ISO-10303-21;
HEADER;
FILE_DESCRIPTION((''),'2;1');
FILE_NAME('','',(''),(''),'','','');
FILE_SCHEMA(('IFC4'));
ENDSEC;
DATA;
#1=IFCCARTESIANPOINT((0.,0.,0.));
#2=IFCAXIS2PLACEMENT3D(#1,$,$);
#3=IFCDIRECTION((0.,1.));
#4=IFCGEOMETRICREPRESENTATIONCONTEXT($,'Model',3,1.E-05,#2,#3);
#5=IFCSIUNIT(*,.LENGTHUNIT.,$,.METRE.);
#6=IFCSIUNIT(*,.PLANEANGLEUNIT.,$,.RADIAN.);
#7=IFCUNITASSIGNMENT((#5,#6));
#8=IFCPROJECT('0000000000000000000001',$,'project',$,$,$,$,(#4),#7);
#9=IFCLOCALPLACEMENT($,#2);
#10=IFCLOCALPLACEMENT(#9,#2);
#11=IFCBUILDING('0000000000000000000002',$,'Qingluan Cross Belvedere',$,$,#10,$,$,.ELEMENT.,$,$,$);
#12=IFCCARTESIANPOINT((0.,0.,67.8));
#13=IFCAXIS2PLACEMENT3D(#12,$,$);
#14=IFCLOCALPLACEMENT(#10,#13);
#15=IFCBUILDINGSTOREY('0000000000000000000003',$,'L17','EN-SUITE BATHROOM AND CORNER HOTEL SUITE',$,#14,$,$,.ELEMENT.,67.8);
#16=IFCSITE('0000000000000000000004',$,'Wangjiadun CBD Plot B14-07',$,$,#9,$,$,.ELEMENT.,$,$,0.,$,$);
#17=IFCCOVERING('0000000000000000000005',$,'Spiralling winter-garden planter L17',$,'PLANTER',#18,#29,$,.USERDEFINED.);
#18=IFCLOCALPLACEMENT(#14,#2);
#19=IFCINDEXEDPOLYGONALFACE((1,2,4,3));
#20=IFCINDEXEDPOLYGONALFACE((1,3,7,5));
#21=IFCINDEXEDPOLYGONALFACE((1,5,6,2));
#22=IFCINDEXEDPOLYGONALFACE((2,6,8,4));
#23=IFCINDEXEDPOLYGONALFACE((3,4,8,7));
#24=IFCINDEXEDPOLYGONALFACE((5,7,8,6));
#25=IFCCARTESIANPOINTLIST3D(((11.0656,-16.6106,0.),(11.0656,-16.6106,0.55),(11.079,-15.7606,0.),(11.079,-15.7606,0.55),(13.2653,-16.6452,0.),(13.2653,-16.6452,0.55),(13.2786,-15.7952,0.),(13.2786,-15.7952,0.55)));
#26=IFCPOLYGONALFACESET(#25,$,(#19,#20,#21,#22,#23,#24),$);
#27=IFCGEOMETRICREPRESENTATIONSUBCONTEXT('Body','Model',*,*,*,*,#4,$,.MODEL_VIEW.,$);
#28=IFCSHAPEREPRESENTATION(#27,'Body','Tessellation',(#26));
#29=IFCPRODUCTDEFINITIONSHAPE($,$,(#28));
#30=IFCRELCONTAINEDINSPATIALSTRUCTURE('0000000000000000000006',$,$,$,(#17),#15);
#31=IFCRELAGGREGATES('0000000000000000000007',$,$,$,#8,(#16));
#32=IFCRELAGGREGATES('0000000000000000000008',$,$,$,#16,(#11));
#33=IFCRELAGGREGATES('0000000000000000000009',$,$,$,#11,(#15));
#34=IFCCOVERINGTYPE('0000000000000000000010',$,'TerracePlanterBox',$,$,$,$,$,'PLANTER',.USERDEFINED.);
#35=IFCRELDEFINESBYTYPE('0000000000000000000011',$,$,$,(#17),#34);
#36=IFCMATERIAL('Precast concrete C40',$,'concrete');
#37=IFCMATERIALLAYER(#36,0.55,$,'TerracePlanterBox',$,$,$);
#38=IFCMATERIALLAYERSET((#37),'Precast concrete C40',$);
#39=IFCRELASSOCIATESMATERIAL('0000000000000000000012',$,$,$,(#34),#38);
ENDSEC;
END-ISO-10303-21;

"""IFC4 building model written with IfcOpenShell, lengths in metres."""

from ifc_helpers import new_model, si_unit, direction, frame, origin, origin_2d, place, context, subcontext, project, spatial, rectangle, extrude, material, layer, layer_set, type_object, element, save


model = new_model("IFC4")

# Units and contexts
model_context = context("Model", 3, precision=1e-05, world=origin(), true_north=direction((0.0, 1.0)))
body_context = subcontext(model_context, "Body", "Model", "MODEL_VIEW")
ifc_project = project(units=[si_unit("LENGTHUNIT", "METRE"), si_unit("PLANEANGLEUNIT", "RADIAN")], contexts=[model_context])

# Site, building, storey
site_placement = place(None, origin())
site = spatial("IfcSite", under=ifc_project, at=site_placement, Name="Wangjiadun CBD Plot B14-07", CompositionType="ELEMENT", RefElevation=0.0)
building_placement = place(site_placement, origin())
building = spatial("IfcBuilding", under=site, at=building_placement, Name="Qingluan Cross Belvedere", CompositionType="ELEMENT")
storey_placement = place(building_placement, frame((0.0, 0.0, 67.8)))
storey = spatial("IfcBuildingStorey", under=building, at=storey_placement, Name="L17", Description="EN-SUITE BATHROOM AND CORNER HOTEL SUITE", CompositionType="ELEMENT", Elevation=67.8)

# Covering
ifc_material_1 = material(Name="Precast concrete C40", Category="concrete")
ifc_layer_1 = layer(ifc_material_1, 0.55, Name="TerracePlanterBox")
ifc_layer_set_1 = layer_set([ifc_layer_1], Name="Precast concrete C40")
covering_type_1 = type_object("IfcCoveringType", Name="TerracePlanterBox", ElementType="PLANTER", PredefinedType="USERDEFINED", material=ifc_layer_set_1)
covering_1_placement = place(storey_placement, frame((12.1721, -16.2029, 0.0), z_axis=(0.0, 0.0, 1.0), x_axis=(0.999877, -0.015707, 0.0)))
element("IfcCovering", 1, at=covering_1_placement, inside=storey, type_object=covering_type_1, Name="Spiralling winter-garden planter L17", ObjectType="PLANTER", PredefinedType="USERDEFINED", context=body_context, shape_type="SweptSolid", body=[
    extrude(rectangle(XDim=2.2, YDim=0.8501, at=origin_2d()), origin(), (0.0, 0.0, 1.0), 0.55),
])

save(model, "model.ifc")
